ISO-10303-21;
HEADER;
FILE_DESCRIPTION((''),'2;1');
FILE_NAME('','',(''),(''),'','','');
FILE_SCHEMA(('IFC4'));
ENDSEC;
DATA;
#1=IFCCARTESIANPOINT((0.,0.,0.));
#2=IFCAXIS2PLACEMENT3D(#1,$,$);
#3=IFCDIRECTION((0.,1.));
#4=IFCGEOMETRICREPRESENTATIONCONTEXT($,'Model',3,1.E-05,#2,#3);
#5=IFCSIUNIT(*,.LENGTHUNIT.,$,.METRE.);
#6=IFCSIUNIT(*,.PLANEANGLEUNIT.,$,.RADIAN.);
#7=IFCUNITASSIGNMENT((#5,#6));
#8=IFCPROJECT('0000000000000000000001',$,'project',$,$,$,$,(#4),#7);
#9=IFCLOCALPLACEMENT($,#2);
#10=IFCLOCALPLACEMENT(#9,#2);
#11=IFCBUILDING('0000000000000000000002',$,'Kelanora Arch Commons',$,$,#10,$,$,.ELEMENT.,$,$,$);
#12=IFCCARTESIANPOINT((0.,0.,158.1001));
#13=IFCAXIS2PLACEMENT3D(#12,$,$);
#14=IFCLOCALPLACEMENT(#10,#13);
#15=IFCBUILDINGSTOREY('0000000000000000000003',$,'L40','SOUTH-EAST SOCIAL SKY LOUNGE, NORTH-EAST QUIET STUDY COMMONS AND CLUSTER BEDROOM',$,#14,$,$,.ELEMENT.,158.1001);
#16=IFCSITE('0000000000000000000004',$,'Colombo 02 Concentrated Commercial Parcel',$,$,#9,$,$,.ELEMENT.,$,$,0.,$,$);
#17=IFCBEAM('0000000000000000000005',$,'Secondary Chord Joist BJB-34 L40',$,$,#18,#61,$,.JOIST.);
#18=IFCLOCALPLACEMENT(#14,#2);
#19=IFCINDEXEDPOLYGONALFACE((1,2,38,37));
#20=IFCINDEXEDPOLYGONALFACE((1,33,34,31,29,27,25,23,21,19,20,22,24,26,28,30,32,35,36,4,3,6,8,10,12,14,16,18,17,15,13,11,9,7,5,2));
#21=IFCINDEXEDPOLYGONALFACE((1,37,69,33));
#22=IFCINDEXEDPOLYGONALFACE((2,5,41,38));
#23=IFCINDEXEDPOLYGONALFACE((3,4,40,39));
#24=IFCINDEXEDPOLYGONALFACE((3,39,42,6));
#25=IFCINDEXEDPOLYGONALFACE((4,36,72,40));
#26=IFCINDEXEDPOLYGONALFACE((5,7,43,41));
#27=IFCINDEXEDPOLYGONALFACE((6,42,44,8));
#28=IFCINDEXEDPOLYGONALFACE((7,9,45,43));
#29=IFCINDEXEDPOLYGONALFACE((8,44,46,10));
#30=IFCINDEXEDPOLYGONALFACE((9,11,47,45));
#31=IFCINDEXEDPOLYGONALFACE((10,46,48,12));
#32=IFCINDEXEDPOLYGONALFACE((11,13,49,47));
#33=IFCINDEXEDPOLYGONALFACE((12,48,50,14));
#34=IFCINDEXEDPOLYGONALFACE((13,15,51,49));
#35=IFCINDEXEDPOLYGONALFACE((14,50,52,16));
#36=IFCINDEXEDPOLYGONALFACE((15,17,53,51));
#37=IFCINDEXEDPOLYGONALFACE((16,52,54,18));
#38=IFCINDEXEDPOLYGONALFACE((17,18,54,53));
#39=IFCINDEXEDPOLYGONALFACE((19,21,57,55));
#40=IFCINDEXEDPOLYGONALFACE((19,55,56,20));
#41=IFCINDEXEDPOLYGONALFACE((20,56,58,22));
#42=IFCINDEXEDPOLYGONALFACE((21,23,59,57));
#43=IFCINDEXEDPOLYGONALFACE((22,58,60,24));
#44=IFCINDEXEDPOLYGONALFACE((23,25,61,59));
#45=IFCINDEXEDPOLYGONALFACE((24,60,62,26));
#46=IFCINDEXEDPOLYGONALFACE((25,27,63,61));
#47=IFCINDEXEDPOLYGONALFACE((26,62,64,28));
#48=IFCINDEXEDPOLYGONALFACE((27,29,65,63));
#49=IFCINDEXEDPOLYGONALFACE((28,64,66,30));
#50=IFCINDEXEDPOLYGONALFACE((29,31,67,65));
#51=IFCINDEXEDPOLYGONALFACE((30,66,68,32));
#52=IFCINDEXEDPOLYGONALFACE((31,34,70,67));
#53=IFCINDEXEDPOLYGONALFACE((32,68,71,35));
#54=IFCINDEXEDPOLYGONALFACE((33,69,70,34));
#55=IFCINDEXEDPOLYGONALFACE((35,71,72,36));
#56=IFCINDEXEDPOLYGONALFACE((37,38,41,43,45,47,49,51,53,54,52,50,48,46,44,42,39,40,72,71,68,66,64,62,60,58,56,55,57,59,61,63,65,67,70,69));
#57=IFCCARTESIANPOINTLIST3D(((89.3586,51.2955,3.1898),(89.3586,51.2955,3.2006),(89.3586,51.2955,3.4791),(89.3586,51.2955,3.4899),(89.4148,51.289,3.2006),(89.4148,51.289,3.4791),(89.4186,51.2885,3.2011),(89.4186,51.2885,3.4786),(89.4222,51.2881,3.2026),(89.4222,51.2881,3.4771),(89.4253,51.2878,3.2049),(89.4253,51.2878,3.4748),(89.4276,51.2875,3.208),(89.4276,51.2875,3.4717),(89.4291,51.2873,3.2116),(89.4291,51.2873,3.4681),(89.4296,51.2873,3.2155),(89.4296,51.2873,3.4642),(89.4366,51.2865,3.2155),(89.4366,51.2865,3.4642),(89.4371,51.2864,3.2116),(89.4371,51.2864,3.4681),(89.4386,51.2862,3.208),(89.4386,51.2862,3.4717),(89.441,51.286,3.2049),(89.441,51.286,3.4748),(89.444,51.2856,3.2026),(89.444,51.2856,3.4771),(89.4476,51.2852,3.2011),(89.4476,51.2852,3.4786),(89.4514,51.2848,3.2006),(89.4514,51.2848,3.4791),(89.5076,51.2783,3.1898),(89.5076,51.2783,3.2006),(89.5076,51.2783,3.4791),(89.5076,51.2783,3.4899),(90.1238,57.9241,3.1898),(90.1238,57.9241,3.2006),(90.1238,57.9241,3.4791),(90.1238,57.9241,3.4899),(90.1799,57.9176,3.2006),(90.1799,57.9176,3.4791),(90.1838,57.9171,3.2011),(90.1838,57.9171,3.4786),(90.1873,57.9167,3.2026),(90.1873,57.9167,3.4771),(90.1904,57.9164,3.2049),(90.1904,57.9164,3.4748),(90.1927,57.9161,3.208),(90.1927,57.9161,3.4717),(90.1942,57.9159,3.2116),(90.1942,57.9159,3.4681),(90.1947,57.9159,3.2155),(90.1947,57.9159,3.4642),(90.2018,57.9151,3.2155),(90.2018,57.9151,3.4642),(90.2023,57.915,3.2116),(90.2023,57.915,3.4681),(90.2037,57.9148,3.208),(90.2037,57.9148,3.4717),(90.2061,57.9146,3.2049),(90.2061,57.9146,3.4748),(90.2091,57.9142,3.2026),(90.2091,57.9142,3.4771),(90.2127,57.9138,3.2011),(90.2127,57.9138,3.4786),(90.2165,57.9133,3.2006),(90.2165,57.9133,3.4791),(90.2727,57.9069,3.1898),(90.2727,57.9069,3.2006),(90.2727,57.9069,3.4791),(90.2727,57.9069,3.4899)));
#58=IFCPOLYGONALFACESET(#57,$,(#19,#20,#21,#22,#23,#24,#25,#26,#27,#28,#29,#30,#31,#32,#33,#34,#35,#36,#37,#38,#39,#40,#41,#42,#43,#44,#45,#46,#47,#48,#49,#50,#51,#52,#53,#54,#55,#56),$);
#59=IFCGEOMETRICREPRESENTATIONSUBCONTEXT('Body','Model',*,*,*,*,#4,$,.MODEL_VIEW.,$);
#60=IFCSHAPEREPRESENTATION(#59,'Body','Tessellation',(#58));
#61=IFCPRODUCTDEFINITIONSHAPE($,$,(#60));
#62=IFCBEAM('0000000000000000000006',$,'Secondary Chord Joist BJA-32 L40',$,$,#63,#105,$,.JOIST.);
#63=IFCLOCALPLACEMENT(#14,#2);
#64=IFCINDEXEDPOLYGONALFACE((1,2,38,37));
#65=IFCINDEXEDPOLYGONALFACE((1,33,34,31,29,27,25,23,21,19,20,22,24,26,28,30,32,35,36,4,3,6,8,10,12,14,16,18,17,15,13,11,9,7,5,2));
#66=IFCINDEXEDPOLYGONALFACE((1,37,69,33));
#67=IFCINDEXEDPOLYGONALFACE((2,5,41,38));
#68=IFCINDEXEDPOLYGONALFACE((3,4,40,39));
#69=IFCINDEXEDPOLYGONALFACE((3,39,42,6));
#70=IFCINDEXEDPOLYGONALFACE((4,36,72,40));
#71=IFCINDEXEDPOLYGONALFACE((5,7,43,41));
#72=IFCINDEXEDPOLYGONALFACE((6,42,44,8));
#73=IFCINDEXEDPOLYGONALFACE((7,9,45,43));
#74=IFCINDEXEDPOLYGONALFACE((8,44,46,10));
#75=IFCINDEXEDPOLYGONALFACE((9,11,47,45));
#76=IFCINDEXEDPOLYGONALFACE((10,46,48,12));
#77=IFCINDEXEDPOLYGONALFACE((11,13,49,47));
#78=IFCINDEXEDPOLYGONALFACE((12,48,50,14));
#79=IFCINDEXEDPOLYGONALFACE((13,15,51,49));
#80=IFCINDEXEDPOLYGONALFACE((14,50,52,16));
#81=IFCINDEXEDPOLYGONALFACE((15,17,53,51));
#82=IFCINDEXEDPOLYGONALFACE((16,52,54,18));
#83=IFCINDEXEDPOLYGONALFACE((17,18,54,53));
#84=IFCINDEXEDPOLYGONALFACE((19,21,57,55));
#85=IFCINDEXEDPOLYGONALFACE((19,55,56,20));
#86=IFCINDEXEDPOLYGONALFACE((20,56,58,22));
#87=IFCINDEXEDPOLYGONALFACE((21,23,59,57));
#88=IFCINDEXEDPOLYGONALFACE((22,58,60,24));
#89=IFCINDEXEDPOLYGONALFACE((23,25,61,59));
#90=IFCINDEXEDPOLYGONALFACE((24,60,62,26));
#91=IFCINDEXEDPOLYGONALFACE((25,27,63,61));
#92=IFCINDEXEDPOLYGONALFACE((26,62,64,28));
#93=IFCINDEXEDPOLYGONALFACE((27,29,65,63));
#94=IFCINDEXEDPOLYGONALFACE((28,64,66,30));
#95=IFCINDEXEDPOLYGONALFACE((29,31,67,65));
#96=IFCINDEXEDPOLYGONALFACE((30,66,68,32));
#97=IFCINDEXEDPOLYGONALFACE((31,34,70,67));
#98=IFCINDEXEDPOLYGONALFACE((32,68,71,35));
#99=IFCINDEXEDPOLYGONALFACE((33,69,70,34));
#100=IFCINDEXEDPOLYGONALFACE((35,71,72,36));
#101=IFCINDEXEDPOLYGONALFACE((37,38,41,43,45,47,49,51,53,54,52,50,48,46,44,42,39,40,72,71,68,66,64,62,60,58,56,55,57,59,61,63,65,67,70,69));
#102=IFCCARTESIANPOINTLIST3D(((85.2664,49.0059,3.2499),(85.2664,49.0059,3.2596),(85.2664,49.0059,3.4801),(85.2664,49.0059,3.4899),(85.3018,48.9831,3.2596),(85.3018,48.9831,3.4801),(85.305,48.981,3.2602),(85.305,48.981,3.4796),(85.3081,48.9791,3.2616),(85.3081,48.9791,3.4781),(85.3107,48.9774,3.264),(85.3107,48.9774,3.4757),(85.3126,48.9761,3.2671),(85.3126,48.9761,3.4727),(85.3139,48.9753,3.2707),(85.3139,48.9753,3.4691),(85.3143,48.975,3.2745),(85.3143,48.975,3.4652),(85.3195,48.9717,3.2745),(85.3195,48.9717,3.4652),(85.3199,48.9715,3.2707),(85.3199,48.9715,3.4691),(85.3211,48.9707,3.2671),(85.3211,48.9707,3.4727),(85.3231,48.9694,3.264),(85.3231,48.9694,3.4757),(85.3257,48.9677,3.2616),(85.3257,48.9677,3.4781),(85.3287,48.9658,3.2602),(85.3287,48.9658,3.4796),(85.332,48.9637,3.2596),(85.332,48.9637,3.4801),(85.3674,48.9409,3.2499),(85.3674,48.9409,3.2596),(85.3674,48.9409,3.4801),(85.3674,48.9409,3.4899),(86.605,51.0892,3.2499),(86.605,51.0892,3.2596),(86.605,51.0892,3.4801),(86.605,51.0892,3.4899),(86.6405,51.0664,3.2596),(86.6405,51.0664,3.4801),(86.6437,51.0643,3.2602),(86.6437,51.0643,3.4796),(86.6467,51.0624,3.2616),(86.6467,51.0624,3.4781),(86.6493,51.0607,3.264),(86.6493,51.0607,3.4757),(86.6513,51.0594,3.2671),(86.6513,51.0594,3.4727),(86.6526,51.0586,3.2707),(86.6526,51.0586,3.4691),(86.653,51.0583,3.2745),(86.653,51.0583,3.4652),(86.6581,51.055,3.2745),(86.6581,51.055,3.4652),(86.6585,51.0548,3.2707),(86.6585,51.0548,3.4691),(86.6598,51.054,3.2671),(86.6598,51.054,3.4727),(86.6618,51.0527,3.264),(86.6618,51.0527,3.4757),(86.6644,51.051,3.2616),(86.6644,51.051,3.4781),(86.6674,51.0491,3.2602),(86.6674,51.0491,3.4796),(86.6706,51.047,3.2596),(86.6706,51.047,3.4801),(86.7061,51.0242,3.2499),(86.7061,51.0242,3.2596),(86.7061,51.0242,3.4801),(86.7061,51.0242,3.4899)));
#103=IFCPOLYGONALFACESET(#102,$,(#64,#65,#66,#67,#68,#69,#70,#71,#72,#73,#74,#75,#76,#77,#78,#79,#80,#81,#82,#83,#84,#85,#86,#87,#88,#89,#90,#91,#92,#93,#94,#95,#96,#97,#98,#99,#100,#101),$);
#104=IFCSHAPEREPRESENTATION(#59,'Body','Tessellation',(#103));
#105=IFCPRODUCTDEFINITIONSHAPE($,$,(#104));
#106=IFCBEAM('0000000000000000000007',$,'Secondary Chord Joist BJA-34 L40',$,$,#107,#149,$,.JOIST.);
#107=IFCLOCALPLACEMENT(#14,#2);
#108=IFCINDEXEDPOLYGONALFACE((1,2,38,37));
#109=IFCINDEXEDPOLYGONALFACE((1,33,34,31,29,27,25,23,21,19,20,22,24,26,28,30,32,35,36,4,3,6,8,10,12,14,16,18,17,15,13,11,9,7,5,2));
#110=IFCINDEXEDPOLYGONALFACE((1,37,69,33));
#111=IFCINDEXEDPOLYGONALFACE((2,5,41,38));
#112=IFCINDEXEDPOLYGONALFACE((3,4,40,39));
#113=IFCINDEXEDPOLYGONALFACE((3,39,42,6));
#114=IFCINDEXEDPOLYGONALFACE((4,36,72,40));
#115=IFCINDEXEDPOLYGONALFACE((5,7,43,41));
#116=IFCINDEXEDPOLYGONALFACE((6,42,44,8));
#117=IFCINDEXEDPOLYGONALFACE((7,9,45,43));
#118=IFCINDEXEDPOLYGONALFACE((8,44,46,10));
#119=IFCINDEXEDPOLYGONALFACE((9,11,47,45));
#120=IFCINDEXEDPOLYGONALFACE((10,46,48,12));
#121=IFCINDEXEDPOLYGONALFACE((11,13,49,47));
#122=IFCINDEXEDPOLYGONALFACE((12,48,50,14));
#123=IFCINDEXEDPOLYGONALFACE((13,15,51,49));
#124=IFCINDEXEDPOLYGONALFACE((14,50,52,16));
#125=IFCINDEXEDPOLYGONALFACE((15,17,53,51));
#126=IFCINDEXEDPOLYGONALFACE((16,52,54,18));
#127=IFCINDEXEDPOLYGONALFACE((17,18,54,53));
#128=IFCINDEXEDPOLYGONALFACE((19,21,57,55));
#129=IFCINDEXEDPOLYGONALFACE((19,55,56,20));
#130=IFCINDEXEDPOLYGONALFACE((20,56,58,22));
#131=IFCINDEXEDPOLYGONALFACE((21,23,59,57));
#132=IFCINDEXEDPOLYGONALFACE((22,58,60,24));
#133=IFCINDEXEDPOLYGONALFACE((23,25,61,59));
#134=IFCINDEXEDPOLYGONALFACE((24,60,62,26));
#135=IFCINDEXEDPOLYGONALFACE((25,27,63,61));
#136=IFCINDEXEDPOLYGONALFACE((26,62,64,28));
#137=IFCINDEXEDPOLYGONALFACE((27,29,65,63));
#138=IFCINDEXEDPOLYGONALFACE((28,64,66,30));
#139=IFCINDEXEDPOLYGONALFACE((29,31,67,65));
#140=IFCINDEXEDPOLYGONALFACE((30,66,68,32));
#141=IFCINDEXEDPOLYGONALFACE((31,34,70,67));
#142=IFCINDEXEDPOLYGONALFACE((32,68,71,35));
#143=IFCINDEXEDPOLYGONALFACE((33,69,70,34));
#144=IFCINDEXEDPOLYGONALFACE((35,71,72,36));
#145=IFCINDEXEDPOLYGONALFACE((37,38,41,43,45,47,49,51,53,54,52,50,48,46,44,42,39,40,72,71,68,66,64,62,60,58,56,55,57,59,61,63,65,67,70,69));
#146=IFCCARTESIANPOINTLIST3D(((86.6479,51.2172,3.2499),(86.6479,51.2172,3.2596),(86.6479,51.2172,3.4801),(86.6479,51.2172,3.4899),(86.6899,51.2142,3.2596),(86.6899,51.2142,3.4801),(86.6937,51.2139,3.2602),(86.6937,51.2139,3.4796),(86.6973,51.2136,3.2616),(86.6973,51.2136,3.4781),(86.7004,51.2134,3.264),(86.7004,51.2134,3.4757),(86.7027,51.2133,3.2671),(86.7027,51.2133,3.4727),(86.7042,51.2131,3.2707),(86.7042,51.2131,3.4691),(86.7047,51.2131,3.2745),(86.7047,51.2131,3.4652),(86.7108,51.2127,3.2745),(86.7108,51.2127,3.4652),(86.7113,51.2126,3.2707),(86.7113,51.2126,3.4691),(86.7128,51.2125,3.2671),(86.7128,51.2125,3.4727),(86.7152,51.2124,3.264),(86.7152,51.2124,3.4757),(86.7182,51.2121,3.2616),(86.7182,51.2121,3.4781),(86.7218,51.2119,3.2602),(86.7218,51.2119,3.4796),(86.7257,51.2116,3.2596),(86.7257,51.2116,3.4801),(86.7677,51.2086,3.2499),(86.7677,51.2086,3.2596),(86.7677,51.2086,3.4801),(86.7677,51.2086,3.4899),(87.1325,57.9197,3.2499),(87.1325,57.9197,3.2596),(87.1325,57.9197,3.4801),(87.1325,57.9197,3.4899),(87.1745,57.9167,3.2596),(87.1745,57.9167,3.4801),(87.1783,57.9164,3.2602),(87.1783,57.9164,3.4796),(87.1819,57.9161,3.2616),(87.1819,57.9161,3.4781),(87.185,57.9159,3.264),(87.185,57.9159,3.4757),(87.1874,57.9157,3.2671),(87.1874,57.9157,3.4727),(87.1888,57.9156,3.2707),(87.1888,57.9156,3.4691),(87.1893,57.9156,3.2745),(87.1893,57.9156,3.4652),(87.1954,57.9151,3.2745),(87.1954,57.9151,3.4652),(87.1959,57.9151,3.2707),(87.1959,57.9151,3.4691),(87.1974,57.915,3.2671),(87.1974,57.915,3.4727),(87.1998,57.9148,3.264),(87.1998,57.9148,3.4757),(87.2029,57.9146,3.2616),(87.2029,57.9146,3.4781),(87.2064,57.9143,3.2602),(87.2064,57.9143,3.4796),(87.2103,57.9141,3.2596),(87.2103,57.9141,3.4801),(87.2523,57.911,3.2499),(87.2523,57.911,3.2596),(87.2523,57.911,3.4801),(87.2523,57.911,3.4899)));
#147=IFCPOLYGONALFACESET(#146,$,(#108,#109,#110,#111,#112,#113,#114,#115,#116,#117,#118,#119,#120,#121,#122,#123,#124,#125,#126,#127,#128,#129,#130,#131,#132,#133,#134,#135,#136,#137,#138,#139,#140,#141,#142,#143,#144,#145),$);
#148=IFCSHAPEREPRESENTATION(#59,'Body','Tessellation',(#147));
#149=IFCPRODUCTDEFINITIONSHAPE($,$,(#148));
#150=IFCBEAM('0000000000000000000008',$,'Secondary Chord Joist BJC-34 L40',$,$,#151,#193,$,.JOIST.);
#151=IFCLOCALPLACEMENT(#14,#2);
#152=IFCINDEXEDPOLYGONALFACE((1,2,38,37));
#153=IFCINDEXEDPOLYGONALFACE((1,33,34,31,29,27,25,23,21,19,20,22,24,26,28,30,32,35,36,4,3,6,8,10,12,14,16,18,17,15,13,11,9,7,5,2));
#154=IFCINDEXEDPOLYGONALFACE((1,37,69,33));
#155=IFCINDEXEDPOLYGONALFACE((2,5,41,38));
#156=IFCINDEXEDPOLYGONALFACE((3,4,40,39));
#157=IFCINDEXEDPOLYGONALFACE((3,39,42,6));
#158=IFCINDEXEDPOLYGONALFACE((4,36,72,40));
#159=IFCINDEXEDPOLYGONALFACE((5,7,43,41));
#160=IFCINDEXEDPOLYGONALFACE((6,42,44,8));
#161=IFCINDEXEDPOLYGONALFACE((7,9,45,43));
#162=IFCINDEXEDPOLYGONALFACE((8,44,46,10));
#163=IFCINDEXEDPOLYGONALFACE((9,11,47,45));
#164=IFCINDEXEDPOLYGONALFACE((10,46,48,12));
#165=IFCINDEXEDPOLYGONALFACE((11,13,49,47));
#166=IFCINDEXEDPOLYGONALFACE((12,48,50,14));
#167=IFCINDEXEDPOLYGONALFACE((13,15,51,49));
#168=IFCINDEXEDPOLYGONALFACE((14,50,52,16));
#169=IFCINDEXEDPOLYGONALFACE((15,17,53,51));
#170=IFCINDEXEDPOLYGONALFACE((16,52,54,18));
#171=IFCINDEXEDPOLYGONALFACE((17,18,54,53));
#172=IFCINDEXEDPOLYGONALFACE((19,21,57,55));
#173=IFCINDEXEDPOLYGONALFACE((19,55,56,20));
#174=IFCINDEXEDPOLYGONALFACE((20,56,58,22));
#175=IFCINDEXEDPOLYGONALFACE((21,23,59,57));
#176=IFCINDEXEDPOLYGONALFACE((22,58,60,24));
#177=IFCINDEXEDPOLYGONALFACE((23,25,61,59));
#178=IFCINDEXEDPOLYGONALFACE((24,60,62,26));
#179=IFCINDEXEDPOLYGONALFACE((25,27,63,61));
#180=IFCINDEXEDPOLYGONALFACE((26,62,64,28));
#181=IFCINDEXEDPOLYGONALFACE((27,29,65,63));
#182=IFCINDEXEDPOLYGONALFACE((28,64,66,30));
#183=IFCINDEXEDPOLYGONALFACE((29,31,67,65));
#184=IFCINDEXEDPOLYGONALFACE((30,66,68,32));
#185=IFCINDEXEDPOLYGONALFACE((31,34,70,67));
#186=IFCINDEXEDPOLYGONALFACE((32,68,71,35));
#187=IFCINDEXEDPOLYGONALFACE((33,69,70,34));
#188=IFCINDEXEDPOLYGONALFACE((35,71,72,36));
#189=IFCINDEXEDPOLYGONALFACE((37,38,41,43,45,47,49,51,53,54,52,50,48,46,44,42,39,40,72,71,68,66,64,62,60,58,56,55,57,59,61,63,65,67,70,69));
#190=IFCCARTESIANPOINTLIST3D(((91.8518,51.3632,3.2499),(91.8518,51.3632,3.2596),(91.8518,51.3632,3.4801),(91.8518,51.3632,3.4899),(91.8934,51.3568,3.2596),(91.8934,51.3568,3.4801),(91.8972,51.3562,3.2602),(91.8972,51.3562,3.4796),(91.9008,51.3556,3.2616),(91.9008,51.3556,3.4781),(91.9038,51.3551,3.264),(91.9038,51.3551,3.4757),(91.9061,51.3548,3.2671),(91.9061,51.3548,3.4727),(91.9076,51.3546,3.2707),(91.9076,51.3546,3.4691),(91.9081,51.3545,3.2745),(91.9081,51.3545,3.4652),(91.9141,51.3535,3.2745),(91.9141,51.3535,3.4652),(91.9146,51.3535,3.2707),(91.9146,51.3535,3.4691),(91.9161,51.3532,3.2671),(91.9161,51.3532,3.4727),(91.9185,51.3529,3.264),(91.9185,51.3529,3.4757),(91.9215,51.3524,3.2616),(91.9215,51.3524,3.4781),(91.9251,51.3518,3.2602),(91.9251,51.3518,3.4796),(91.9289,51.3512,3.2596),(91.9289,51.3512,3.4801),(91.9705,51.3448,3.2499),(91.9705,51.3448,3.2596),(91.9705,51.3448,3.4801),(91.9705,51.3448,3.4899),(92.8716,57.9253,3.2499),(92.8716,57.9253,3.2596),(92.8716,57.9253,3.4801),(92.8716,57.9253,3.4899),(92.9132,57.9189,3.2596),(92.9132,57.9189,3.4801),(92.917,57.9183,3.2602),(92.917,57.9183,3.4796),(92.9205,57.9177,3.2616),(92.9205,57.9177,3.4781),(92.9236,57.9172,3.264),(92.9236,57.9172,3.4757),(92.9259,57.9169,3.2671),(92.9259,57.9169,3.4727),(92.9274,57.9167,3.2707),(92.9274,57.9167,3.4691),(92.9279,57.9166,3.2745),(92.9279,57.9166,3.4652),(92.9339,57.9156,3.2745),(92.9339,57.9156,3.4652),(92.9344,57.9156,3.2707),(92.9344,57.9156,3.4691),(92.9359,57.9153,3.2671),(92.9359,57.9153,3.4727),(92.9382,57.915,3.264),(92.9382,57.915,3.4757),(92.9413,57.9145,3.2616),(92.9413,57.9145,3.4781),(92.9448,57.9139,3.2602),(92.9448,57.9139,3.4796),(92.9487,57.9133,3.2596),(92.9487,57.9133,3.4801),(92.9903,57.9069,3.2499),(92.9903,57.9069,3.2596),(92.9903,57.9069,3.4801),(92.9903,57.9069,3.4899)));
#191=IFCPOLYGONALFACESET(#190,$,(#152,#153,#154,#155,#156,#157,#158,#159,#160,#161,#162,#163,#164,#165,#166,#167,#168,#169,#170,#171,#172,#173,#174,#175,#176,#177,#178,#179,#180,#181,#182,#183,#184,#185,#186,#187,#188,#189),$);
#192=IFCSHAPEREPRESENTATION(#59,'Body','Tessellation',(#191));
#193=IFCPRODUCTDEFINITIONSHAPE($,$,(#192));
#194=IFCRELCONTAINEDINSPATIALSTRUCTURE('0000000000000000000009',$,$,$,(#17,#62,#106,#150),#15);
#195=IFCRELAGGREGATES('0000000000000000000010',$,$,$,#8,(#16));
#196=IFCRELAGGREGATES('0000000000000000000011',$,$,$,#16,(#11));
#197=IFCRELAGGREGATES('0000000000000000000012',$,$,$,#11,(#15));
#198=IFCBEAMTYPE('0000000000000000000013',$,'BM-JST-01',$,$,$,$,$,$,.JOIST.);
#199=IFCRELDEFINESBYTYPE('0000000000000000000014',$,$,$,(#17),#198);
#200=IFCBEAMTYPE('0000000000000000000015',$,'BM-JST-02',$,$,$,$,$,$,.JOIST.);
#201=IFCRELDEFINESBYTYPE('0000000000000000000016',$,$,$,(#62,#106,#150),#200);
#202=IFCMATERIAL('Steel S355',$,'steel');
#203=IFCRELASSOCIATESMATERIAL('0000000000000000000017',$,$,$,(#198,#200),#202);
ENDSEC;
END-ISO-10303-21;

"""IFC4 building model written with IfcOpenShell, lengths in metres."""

from ifc_helpers import new_model, si_unit, direction, frame, origin, origin_2d, place, context, subcontext, project, spatial, i_section, extrude, material, material_profile, profile_set, type_object, element, save


model = new_model("IFC4")

# Units and contexts
model_context = context("Model", 3, precision=1e-05, world=origin(), true_north=direction((0.0, 1.0)))
body_context = subcontext(model_context, "Body", "Model", "MODEL_VIEW")
ifc_project = project(units=[si_unit("LENGTHUNIT", "METRE"), si_unit("PLANEANGLEUNIT", "RADIAN")], contexts=[model_context])

# Site, building, storey
site_placement = place(None, origin())
site = spatial("IfcSite", under=ifc_project, at=site_placement, Name="Colombo 02 Concentrated Commercial Parcel", CompositionType="ELEMENT", RefElevation=0.0)
building_placement = place(site_placement, origin())
building = spatial("IfcBuilding", under=site, at=building_placement, Name="Kelanora Arch Commons", CompositionType="ELEMENT")
storey_placement = place(building_placement, frame((0.0, 0.0, 158.1001)))
storey = spatial("IfcBuildingStorey", under=building, at=storey_placement, Name="L40", Description="SOUTH-EAST SOCIAL SKY LOUNGE, NORTH-EAST QUIET STUDY COMMONS AND CLUSTER BEDROOM", CompositionType="ELEMENT", Elevation=158.1001)

# Beams
ifc_material_1 = material(Name="Steel S355", Category="steel")
ifc_material_profile_1 = material_profile(ifc_material_1, i_section(OverallWidth=0.1499, OverallDepth=0.3, WebThickness=0.0071, FlangeThickness=0.0107, FilletRadius=0.0149, at=origin_2d()), Name="IPE300")
ifc_profile_set_1 = profile_set([ifc_material_profile_1], Name="Steel S355")
beam_type_1 = type_object("IfcBeamType", Name="BM-JST-01", PredefinedType="JOIST", material=ifc_profile_set_1)
beam_1_placement = place(storey_placement, frame((89.4331, 51.2869, 3.3398), z_axis=(0.114667, 0.993404, 0.0), x_axis=(-0.993404, 0.114667, 0.0)))
element("IfcBeam", 1, at=beam_1_placement, inside=storey, type_object=beam_type_1, Name="Secondary Chord Joist BJB-34 L40", PredefinedType="JOIST", context=body_context, shape_type="SweptSolid", body=[
    extrude(i_section(OverallWidth=0.1499, OverallDepth=0.3, WebThickness=0.0071, FlangeThickness=0.0107, FilletRadius=0.0149, at=origin_2d()), origin(), (0.0, 0.0, 1.0), 6.6726),
])
ifc_material_profile_2 = material_profile(ifc_material_1, i_section(OverallWidth=0.1201, OverallDepth=0.24, WebThickness=0.0061, FlangeThickness=0.0098, FilletRadius=0.0149, at=origin_2d()), Name="IPE240")
ifc_profile_set_2 = profile_set([ifc_material_profile_2], Name="Steel S355")
beam_type_2 = type_object("IfcBeamType", Name="BM-JST-02", PredefinedType="JOIST", material=ifc_profile_set_2)
beam_2_placement = place(storey_placement, frame((85.3169, 48.9734, 3.3699), z_axis=(0.540583, 0.841291, 0.0), x_axis=(-0.841291, 0.540583, 0.0)))
element("IfcBeam", 2, at=beam_2_placement, inside=storey, type_object=beam_type_2, Name="Secondary Chord Joist BJA-32 L40", PredefinedType="JOIST", context=body_context, shape_type="SweptSolid", body=[
    extrude(i_section(OverallWidth=0.1201, OverallDepth=0.24, WebThickness=0.0061, FlangeThickness=0.0098, FilletRadius=0.0149, at=origin_2d()), origin(), (0.0, 0.0, 1.0), 2.4763),
])
beam_3_placement = place(storey_placement, frame((86.7078, 51.2129, 3.3699), z_axis=(0.072117, 0.997396, 0.0), x_axis=(-0.997396, 0.072117, 0.0)))
element("IfcBeam", 3, at=beam_3_placement, inside=storey, type_object=beam_type_2, Name="Secondary Chord Joist BJA-34 L40", PredefinedType="JOIST", context=body_context, shape_type="SweptSolid", body=[
    extrude(i_section(OverallWidth=0.1201, OverallDepth=0.24, WebThickness=0.0061, FlangeThickness=0.0098, FilletRadius=0.0149, at=origin_2d()), origin(), (0.0, 0.0, 1.0), 6.72),
])
beam_4_placement = place(storey_placement, frame((91.9111, 51.354, 3.3699), z_axis=(0.153563, 0.988139, 0.0), x_axis=(-0.988139, 0.153563, 0.0)))
element("IfcBeam", 4, at=beam_4_placement, inside=storey, type_object=beam_type_2, Name="Secondary Chord Joist BJC-34 L40", PredefinedType="JOIST", context=body_context, shape_type="SweptSolid", body=[
    extrude(i_section(OverallWidth=0.1201, OverallDepth=0.24, WebThickness=0.0061, FlangeThickness=0.0098, FilletRadius=0.0149, at=origin_2d()), origin(), (0.0, 0.0, 1.0), 6.6409),
])

save(model, "model.ifc")
